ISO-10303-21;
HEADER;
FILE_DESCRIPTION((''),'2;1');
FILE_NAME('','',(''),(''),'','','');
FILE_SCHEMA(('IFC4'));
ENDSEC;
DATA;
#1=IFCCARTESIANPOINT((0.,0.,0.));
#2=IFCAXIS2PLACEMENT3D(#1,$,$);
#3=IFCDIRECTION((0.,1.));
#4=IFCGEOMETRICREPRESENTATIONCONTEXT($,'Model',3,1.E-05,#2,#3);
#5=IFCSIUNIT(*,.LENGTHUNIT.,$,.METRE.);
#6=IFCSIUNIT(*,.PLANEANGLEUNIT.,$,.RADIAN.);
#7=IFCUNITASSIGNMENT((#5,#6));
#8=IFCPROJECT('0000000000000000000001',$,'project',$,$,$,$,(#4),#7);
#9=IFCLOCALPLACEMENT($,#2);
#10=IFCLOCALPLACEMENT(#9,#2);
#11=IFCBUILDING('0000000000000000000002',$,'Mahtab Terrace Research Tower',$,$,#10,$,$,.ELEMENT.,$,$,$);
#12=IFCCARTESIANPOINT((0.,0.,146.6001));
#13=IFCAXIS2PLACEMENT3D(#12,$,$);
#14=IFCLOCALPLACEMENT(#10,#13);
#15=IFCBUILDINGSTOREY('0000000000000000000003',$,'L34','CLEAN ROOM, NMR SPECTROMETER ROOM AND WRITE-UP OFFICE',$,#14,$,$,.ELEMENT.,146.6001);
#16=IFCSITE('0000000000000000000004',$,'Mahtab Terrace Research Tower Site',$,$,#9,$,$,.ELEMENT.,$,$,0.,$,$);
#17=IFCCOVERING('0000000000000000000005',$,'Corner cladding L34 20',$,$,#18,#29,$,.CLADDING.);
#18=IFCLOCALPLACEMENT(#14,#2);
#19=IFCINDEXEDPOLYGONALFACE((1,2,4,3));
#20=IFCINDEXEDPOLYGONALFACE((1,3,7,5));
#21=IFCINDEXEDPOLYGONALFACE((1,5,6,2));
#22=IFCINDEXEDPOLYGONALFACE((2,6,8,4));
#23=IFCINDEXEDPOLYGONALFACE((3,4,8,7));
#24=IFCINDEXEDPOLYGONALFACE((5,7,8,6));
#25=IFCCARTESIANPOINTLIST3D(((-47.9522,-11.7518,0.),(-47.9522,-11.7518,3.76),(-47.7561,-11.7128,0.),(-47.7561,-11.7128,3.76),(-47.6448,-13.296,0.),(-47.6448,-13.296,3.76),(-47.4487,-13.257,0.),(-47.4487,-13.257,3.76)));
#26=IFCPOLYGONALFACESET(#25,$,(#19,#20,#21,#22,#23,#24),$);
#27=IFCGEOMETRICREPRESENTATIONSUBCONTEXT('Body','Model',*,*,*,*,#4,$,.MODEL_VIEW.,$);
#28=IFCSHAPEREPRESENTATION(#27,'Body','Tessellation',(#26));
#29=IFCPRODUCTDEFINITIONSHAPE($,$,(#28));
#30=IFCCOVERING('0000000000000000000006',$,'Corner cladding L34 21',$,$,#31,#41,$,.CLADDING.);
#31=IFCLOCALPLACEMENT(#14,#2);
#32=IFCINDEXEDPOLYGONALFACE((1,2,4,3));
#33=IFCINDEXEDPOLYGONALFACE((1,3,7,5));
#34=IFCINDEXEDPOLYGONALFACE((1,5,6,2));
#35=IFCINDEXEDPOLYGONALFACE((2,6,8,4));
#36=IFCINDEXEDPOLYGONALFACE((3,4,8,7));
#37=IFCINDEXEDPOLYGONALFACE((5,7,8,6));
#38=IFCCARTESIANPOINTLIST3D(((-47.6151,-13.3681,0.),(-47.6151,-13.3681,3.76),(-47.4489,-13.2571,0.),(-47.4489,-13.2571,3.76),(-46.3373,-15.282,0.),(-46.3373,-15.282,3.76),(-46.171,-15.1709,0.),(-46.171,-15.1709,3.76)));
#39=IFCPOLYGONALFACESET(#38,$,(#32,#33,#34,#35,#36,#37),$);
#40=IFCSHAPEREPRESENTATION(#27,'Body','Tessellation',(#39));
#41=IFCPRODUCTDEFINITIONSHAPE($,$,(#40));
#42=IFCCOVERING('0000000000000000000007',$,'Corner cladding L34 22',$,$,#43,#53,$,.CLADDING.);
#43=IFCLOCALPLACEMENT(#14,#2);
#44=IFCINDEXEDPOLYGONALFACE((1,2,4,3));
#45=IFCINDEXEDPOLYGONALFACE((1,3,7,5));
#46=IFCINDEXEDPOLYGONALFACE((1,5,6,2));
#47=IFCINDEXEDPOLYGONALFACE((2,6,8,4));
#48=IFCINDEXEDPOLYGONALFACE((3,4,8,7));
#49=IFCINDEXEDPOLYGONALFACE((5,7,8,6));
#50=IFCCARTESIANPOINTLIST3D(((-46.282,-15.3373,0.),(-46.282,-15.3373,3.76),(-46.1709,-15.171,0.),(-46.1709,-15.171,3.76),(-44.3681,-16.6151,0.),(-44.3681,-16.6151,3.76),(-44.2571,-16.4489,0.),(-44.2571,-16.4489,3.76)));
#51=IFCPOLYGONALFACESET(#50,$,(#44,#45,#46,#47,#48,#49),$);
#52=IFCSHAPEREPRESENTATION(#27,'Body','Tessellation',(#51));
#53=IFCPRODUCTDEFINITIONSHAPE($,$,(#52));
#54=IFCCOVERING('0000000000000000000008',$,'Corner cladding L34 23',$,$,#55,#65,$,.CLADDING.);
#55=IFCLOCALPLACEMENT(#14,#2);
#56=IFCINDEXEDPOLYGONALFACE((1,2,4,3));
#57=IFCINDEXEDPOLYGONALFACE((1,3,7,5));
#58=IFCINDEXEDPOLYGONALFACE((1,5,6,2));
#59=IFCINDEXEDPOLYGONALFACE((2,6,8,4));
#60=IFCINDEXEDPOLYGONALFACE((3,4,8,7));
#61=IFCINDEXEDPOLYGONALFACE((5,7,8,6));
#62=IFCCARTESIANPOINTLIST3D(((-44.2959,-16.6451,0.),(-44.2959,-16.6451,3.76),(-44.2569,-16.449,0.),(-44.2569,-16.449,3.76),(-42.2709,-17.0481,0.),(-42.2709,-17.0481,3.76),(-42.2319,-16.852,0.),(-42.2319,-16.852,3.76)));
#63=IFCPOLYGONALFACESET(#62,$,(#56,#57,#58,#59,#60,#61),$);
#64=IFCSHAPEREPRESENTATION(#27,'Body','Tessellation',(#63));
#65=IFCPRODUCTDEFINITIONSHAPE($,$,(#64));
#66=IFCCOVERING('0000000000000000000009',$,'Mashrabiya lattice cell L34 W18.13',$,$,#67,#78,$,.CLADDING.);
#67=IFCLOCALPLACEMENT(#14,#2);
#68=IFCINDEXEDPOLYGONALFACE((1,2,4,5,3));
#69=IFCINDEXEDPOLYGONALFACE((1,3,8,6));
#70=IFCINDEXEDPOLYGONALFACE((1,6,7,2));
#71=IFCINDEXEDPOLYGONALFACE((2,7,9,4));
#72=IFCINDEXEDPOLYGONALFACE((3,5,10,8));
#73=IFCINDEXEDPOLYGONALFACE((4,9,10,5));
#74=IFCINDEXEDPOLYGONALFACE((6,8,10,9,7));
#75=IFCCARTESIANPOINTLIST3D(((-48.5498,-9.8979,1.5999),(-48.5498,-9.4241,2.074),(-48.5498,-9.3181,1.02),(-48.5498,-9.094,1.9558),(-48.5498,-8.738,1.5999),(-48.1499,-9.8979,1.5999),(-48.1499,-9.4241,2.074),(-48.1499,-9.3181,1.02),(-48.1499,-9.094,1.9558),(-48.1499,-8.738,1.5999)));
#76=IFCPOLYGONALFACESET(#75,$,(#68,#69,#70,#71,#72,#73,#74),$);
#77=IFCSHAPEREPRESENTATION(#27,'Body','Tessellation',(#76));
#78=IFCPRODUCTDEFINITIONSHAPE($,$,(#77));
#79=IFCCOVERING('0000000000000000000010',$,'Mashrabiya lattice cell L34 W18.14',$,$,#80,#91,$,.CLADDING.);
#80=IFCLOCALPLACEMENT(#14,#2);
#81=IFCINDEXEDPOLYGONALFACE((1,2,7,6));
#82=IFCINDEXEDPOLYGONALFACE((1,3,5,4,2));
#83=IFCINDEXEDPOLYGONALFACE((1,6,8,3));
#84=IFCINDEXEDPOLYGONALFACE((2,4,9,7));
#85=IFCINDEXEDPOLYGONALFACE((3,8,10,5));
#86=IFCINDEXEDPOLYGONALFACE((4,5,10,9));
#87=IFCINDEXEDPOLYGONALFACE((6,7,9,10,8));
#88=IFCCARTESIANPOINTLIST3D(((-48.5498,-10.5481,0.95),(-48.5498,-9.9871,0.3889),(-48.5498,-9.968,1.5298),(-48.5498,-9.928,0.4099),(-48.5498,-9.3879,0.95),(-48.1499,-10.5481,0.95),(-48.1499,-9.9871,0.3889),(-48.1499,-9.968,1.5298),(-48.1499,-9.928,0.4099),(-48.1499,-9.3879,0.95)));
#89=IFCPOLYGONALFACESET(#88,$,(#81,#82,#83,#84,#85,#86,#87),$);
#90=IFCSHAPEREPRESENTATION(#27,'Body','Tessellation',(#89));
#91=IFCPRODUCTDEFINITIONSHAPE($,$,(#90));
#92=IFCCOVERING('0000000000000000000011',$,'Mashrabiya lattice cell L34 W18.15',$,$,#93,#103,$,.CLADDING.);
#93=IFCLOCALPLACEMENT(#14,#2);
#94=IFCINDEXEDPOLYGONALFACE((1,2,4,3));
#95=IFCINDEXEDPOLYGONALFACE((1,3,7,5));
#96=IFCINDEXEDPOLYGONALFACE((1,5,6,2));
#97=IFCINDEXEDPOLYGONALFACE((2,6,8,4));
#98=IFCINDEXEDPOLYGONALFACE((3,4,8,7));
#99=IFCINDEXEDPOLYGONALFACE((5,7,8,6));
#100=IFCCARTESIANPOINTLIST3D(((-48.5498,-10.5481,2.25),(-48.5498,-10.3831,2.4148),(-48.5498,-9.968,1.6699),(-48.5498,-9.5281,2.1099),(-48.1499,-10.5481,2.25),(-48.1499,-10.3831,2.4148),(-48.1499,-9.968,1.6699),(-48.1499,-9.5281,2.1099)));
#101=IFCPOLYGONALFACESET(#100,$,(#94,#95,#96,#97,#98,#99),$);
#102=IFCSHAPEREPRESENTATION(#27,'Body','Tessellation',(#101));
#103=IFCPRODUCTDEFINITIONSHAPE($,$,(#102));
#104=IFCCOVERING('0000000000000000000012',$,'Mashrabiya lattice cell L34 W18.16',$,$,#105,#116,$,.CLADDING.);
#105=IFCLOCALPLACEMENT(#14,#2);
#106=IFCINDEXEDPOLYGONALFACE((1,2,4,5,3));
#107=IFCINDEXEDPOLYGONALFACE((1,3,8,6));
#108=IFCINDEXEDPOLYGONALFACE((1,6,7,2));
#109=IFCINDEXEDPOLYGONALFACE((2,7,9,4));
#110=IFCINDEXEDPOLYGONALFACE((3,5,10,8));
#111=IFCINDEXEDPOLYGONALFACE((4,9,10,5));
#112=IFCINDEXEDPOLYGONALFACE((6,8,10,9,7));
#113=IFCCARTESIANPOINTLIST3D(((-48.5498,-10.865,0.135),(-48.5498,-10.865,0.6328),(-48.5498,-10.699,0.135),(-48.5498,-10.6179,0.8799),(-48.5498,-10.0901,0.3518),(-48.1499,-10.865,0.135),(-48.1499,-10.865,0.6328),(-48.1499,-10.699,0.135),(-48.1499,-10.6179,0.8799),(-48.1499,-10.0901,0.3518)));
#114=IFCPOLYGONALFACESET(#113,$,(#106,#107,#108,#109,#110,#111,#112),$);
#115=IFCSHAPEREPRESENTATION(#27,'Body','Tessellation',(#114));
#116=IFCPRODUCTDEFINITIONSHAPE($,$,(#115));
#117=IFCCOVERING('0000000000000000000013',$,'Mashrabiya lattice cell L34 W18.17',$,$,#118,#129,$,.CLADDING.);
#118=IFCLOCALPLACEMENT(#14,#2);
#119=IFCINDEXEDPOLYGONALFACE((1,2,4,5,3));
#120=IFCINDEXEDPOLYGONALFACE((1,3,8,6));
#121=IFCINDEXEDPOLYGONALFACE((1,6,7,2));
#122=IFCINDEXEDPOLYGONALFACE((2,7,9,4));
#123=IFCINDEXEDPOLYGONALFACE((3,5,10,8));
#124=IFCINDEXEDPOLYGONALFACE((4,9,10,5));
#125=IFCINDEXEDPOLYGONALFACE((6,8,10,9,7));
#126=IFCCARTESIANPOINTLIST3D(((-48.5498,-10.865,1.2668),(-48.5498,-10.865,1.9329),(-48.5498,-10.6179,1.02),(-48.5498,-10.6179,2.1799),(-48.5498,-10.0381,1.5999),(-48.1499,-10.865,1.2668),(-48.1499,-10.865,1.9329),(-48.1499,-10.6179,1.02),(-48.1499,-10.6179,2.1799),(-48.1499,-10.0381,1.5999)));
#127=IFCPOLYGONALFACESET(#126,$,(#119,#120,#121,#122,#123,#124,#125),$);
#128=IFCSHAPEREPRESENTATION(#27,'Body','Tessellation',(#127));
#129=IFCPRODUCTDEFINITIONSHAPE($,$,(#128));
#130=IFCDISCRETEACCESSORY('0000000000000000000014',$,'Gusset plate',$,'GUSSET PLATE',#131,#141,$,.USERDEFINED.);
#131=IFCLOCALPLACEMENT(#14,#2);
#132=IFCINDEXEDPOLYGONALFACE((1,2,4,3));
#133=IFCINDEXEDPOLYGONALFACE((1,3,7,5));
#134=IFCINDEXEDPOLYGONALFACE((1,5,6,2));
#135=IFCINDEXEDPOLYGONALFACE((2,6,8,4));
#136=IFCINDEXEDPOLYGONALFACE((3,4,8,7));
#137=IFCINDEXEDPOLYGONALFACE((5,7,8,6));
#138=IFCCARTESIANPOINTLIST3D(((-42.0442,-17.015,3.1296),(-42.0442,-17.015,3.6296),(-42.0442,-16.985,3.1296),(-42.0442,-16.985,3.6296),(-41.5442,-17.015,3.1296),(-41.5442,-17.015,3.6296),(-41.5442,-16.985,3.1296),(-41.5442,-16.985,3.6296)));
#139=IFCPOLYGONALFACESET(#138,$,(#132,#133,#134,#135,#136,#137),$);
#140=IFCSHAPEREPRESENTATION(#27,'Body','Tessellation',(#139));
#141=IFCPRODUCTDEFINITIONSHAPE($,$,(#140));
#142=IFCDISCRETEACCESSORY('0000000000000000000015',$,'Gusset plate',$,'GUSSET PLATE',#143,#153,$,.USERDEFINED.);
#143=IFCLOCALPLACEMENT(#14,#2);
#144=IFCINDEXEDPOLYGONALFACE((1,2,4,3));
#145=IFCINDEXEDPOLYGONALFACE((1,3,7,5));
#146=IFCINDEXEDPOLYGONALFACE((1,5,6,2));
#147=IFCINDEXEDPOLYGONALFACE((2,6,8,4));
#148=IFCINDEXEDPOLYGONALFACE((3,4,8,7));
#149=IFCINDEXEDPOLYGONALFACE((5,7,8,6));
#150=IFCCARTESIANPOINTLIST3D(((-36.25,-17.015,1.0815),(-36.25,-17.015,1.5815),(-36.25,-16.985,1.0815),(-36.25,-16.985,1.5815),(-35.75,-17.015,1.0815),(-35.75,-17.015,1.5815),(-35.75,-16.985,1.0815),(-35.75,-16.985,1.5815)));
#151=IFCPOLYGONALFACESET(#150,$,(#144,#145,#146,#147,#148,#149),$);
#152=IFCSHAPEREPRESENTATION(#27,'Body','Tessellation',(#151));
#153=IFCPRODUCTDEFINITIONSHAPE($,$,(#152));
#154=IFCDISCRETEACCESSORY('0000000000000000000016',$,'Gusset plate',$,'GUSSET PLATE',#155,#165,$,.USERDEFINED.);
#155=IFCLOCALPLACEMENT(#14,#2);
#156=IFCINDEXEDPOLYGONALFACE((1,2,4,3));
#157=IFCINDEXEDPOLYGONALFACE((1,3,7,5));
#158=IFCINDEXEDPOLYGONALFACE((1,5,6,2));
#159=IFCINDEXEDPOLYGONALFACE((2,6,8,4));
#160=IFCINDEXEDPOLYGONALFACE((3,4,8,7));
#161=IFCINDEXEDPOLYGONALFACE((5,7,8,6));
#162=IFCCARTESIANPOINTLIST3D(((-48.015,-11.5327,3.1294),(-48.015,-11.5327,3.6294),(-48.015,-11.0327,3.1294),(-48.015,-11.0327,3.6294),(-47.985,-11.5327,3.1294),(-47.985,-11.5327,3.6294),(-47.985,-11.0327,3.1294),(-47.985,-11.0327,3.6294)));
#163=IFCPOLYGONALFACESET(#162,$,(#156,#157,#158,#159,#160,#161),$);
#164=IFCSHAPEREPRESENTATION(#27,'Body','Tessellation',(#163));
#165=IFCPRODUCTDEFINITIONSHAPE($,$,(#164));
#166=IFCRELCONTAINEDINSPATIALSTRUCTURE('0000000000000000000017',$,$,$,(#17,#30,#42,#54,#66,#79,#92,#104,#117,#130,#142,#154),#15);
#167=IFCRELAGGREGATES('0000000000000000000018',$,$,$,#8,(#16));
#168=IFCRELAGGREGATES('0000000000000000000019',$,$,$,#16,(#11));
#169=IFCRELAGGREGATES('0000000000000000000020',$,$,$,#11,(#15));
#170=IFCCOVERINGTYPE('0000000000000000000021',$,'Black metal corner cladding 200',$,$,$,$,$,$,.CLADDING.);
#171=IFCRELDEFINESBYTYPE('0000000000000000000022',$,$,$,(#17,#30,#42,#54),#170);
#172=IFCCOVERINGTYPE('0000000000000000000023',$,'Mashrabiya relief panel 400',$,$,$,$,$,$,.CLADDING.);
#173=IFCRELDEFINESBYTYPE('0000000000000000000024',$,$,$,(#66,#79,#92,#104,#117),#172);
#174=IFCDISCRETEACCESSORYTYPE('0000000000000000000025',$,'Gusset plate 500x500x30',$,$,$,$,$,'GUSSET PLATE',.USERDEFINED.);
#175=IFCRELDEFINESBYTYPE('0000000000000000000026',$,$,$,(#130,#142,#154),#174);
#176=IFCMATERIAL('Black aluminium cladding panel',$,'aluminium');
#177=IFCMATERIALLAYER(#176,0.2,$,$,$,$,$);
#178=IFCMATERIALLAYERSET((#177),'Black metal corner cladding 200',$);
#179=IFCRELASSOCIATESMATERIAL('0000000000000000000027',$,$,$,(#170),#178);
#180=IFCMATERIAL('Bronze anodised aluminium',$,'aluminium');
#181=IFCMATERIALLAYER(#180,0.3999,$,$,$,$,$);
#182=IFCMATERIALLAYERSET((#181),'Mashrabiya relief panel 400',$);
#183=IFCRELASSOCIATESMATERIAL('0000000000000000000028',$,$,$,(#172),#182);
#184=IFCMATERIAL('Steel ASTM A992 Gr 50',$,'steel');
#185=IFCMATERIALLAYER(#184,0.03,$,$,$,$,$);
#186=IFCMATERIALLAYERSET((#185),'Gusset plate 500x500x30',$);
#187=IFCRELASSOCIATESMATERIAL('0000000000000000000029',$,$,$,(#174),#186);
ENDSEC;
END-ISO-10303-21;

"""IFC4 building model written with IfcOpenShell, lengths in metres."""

from ifc_helpers import new_model, si_unit, direction, frame, origin, origin_2d, place, context, subcontext, project, spatial, polyline, rectangle, outline, extrude, material, layer, layer_set, type_object, element, save


model = new_model("IFC4")

# Units and contexts
model_context = context("Model", 3, precision=1e-05, world=origin(), true_north=direction((0.0, 1.0)))
body_context = subcontext(model_context, "Body", "Model", "MODEL_VIEW")
ifc_project = project(units=[si_unit("LENGTHUNIT", "METRE"), si_unit("PLANEANGLEUNIT", "RADIAN")], contexts=[model_context])

# Site, building, storey
site_placement = place(None, origin())
site = spatial("IfcSite", under=ifc_project, at=site_placement, Name="Mahtab Terrace Research Tower Site", CompositionType="ELEMENT", RefElevation=0.0)
building_placement = place(site_placement, origin())
building = spatial("IfcBuilding", under=site, at=building_placement, Name="Mahtab Terrace Research Tower", CompositionType="ELEMENT")
storey_placement = place(building_placement, frame((0.0, 0.0, 146.6001)))
storey = spatial("IfcBuildingStorey", under=building, at=storey_placement, Name="L34", Description="CLEAN ROOM, NMR SPECTROMETER ROOM AND WRITE-UP OFFICE", CompositionType="ELEMENT", Elevation=146.6001)

# Shared definitions
ifc_material_1 = material(Name="Steel ASTM A992 Gr 50", Category="steel")

# Shared definitions
ifc_material_2 = material(Name="Black aluminium cladding panel", Category="aluminium")

# Coverings
ifc_layer_1 = layer(ifc_material_2, 0.2)
ifc_layer_set_1 = layer_set([ifc_layer_1], Name="Black metal corner cladding 200")
covering_type_1 = type_object("IfcCoveringType", Name="Black metal corner cladding 200", PredefinedType="CLADDING", material=ifc_layer_set_1)
covering_1_placement = place(storey_placement, frame((-47.7004, -12.5044, 0.0), z_axis=(0.0, 0.0, 1.0), x_axis=(0.195212, -0.980761, 0.0)))
element("IfcCovering", 1, at=covering_1_placement, inside=storey, type_object=covering_type_1, Name="Corner cladding L34 20", PredefinedType="CLADDING", context=body_context, shape_type="SweptSolid", body=[
    extrude(rectangle(XDim=1.5745, YDim=0.2, at=origin_2d()), origin(), (0.0, 0.0, 1.0), 3.76),
])
for number, where, z_axis, x_axis, name in (
    (2, (-46.8931, -14.2695, 0.0), (0.0, 0.0, 1.0), (0.555291, -0.831656, 0.0), "Corner cladding L34 21"),
    (3, (-45.2695, -15.8931, 0.0), (0.0, 0.0, 1.0), (0.831656, -0.555291, 0.0), "Corner cladding L34 22"),
):
    element("IfcCovering", number, at=place(storey_placement, frame(where, z_axis=z_axis, x_axis=x_axis)), inside=storey, type_object=covering_type_1, Name=name, PredefinedType="CLADDING", context=body_context, shape_type="SweptSolid", body=[
        extrude(rectangle(XDim=2.3013, YDim=0.2, at=origin_2d()), origin(), (0.0, 0.0, 1.0), 3.76),
    ])
covering_2_placement = place(storey_placement, frame((-43.2639, -16.7485, 0.0), z_axis=(0.0, 0.0, 1.0), x_axis=(0.980761, -0.195212, 0.0)))
element("IfcCovering", 4, at=covering_2_placement, inside=storey, type_object=covering_type_1, Name="Corner cladding L34 23", PredefinedType="CLADDING", context=body_context, shape_type="SweptSolid", body=[
    extrude(rectangle(XDim=2.0647, YDim=0.2, at=origin_2d()), origin(), (0.0, 0.0, 1.0), 3.76),
])
ifc_material_3 = material(Name="Bronze anodised aluminium", Category="aluminium")
ifc_layer_2 = layer(ifc_material_3, 0.3999)
ifc_layer_set_2 = layer_set([ifc_layer_2], Name="Mashrabiya relief panel 400")
covering_type_2 = type_object("IfcCoveringType", Name="Mashrabiya relief panel 400", PredefinedType="CLADDING", material=ifc_layer_set_2)
covering_3_placement = place(storey_placement, frame((-48.1499, -9.8979, 1.5999), z_axis=(1.0, 0.0, 0.0), x_axis=(0.0, 0.707107, -0.707107)))
element("IfcCovering", 5, at=covering_3_placement, inside=storey, type_object=covering_type_2, Name="Mashrabiya lattice cell L34 W18.13", PredefinedType="CLADDING", context=body_context, shape_type="SweptSolid", body=[
    extrude(outline(polyline([(0.0, 0.0), (0.82, 0.0), (0.8202, 0.8202), (0.3168, 0.8202), (-0.0002, 0.6703), (0.0, 0.0)])), origin(), (0.0, 0.0, -1.0), 0.3999),
])
covering_4_placement = place(storey_placement, frame((-48.1499, -9.3879, 0.95), z_axis=(1.0, 0.0, 0.0), x_axis=(0.0, -0.707256, 0.706958)))
element("IfcCovering", 6, at=covering_4_placement, inside=storey, type_object=covering_type_2, Name="Mashrabiya lattice cell L34 W18.14", PredefinedType="CLADDING", context=body_context, shape_type="SweptSolid", body=[
    extrude(outline(polyline([(0.0, 0.0), (0.8202, 0.0), (0.8205, 0.8202), (0.0271, 0.8203), (0.0002, 0.7637), (0.0, 0.0)])), origin(), (0.0, 0.0, -1.0), 0.3999),
])
covering_5_placement = place(storey_placement, frame((-48.1499, -10.5481, 2.25), z_axis=(1.0, 0.0, 0.0), x_axis=(0.0, 0.707107, -0.707107)))
element("IfcCovering", 7, at=covering_5_placement, inside=storey, type_object=covering_type_2, Name="Mashrabiya lattice cell L34 W18.15", PredefinedType="CLADDING", context=body_context, shape_type="SweptSolid", body=[
    extrude(outline(polyline([(0.0, 0.0), (0.8204, 0.0), (0.8204, 0.6222), (0.0002, 0.2332), (0.0, 0.0)])), origin(), (0.0, 0.0, -1.0), 0.3999),
])
covering_6_placement = place(storey_placement, frame((-48.1499, -10.6179, 0.8799), z_axis=(1.0, 0.0, 0.0), x_axis=(0.0, -0.707107, -0.707107)))
element("IfcCovering", 8, at=covering_6_placement, inside=storey, type_object=covering_type_2, Name="Mashrabiya lattice cell L34 W18.16", PredefinedType="CLADDING", context=body_context, shape_type="SweptSolid", body=[
    extrude(outline(polyline([(0.0, 0.0), (0.3494, 0.0), (0.7014, 0.352), (0.584, 0.4694), (0.0002, 0.7466), (0.0, 0.0)])), origin(), (0.0, 0.0, -1.0), 0.3999),
])
covering_7_placement = place(storey_placement, frame((-48.1499, -10.6179, 1.02), z_axis=(1.0, 0.0, 0.0), x_axis=(0.0, 0.707107, 0.707107)))
element("IfcCovering", 9, at=covering_7_placement, inside=storey, type_object=covering_type_2, Name="Mashrabiya lattice cell L34 W18.17", PredefinedType="CLADDING", context=body_context, shape_type="SweptSolid", body=[
    extrude(outline(polyline([(0.0, 0.0), (0.82, 0.0), (0.8202, 0.8202), (0.4708, 0.8202), (-0.0002, 0.3492), (0.0, 0.0)])), origin(), (0.0, 0.0, -1.0), 0.3999),
])

# Discrete accessories
ifc_layer_3 = layer(ifc_material_1, 0.03)
ifc_layer_set_3 = layer_set([ifc_layer_3], Name="Gusset plate 500x500x30")
discrete_accessory_type = type_object("IfcDiscreteAccessoryType", Name="Gusset plate 500x500x30", ElementType="GUSSET PLATE", PredefinedType="USERDEFINED", material=ifc_layer_set_3)
for number, where, z_axis, x_axis, name in (
    (10, (-41.7942, -17.0, 3.1296), (0.0, 0.0, 1.0), (1.0, 0.0, 0.0), "Gusset plate"),
    (11, (-36.0, -17.0, 1.0815), (0.0, 0.0, 1.0), (1.0, 0.0, 0.0), "Gusset plate"),
    (12, (-48.0, -11.2827, 3.1294), (0.0, 0.0, 1.0), (0.0, 1.0, 0.0), "Gusset plate"),
):
    element("IfcDiscreteAccessory", number, at=place(storey_placement, frame(where, z_axis=z_axis, x_axis=x_axis)), inside=storey, type_object=discrete_accessory_type, Name=name, ObjectType="GUSSET PLATE", PredefinedType="USERDEFINED", context=body_context, shape_type="SweptSolid", body=[
        extrude(rectangle(XDim=0.5, YDim=0.03, at=origin_2d()), origin(), (0.0, 0.0, 1.0), 0.5),
    ])

save(model, "model.ifc")
